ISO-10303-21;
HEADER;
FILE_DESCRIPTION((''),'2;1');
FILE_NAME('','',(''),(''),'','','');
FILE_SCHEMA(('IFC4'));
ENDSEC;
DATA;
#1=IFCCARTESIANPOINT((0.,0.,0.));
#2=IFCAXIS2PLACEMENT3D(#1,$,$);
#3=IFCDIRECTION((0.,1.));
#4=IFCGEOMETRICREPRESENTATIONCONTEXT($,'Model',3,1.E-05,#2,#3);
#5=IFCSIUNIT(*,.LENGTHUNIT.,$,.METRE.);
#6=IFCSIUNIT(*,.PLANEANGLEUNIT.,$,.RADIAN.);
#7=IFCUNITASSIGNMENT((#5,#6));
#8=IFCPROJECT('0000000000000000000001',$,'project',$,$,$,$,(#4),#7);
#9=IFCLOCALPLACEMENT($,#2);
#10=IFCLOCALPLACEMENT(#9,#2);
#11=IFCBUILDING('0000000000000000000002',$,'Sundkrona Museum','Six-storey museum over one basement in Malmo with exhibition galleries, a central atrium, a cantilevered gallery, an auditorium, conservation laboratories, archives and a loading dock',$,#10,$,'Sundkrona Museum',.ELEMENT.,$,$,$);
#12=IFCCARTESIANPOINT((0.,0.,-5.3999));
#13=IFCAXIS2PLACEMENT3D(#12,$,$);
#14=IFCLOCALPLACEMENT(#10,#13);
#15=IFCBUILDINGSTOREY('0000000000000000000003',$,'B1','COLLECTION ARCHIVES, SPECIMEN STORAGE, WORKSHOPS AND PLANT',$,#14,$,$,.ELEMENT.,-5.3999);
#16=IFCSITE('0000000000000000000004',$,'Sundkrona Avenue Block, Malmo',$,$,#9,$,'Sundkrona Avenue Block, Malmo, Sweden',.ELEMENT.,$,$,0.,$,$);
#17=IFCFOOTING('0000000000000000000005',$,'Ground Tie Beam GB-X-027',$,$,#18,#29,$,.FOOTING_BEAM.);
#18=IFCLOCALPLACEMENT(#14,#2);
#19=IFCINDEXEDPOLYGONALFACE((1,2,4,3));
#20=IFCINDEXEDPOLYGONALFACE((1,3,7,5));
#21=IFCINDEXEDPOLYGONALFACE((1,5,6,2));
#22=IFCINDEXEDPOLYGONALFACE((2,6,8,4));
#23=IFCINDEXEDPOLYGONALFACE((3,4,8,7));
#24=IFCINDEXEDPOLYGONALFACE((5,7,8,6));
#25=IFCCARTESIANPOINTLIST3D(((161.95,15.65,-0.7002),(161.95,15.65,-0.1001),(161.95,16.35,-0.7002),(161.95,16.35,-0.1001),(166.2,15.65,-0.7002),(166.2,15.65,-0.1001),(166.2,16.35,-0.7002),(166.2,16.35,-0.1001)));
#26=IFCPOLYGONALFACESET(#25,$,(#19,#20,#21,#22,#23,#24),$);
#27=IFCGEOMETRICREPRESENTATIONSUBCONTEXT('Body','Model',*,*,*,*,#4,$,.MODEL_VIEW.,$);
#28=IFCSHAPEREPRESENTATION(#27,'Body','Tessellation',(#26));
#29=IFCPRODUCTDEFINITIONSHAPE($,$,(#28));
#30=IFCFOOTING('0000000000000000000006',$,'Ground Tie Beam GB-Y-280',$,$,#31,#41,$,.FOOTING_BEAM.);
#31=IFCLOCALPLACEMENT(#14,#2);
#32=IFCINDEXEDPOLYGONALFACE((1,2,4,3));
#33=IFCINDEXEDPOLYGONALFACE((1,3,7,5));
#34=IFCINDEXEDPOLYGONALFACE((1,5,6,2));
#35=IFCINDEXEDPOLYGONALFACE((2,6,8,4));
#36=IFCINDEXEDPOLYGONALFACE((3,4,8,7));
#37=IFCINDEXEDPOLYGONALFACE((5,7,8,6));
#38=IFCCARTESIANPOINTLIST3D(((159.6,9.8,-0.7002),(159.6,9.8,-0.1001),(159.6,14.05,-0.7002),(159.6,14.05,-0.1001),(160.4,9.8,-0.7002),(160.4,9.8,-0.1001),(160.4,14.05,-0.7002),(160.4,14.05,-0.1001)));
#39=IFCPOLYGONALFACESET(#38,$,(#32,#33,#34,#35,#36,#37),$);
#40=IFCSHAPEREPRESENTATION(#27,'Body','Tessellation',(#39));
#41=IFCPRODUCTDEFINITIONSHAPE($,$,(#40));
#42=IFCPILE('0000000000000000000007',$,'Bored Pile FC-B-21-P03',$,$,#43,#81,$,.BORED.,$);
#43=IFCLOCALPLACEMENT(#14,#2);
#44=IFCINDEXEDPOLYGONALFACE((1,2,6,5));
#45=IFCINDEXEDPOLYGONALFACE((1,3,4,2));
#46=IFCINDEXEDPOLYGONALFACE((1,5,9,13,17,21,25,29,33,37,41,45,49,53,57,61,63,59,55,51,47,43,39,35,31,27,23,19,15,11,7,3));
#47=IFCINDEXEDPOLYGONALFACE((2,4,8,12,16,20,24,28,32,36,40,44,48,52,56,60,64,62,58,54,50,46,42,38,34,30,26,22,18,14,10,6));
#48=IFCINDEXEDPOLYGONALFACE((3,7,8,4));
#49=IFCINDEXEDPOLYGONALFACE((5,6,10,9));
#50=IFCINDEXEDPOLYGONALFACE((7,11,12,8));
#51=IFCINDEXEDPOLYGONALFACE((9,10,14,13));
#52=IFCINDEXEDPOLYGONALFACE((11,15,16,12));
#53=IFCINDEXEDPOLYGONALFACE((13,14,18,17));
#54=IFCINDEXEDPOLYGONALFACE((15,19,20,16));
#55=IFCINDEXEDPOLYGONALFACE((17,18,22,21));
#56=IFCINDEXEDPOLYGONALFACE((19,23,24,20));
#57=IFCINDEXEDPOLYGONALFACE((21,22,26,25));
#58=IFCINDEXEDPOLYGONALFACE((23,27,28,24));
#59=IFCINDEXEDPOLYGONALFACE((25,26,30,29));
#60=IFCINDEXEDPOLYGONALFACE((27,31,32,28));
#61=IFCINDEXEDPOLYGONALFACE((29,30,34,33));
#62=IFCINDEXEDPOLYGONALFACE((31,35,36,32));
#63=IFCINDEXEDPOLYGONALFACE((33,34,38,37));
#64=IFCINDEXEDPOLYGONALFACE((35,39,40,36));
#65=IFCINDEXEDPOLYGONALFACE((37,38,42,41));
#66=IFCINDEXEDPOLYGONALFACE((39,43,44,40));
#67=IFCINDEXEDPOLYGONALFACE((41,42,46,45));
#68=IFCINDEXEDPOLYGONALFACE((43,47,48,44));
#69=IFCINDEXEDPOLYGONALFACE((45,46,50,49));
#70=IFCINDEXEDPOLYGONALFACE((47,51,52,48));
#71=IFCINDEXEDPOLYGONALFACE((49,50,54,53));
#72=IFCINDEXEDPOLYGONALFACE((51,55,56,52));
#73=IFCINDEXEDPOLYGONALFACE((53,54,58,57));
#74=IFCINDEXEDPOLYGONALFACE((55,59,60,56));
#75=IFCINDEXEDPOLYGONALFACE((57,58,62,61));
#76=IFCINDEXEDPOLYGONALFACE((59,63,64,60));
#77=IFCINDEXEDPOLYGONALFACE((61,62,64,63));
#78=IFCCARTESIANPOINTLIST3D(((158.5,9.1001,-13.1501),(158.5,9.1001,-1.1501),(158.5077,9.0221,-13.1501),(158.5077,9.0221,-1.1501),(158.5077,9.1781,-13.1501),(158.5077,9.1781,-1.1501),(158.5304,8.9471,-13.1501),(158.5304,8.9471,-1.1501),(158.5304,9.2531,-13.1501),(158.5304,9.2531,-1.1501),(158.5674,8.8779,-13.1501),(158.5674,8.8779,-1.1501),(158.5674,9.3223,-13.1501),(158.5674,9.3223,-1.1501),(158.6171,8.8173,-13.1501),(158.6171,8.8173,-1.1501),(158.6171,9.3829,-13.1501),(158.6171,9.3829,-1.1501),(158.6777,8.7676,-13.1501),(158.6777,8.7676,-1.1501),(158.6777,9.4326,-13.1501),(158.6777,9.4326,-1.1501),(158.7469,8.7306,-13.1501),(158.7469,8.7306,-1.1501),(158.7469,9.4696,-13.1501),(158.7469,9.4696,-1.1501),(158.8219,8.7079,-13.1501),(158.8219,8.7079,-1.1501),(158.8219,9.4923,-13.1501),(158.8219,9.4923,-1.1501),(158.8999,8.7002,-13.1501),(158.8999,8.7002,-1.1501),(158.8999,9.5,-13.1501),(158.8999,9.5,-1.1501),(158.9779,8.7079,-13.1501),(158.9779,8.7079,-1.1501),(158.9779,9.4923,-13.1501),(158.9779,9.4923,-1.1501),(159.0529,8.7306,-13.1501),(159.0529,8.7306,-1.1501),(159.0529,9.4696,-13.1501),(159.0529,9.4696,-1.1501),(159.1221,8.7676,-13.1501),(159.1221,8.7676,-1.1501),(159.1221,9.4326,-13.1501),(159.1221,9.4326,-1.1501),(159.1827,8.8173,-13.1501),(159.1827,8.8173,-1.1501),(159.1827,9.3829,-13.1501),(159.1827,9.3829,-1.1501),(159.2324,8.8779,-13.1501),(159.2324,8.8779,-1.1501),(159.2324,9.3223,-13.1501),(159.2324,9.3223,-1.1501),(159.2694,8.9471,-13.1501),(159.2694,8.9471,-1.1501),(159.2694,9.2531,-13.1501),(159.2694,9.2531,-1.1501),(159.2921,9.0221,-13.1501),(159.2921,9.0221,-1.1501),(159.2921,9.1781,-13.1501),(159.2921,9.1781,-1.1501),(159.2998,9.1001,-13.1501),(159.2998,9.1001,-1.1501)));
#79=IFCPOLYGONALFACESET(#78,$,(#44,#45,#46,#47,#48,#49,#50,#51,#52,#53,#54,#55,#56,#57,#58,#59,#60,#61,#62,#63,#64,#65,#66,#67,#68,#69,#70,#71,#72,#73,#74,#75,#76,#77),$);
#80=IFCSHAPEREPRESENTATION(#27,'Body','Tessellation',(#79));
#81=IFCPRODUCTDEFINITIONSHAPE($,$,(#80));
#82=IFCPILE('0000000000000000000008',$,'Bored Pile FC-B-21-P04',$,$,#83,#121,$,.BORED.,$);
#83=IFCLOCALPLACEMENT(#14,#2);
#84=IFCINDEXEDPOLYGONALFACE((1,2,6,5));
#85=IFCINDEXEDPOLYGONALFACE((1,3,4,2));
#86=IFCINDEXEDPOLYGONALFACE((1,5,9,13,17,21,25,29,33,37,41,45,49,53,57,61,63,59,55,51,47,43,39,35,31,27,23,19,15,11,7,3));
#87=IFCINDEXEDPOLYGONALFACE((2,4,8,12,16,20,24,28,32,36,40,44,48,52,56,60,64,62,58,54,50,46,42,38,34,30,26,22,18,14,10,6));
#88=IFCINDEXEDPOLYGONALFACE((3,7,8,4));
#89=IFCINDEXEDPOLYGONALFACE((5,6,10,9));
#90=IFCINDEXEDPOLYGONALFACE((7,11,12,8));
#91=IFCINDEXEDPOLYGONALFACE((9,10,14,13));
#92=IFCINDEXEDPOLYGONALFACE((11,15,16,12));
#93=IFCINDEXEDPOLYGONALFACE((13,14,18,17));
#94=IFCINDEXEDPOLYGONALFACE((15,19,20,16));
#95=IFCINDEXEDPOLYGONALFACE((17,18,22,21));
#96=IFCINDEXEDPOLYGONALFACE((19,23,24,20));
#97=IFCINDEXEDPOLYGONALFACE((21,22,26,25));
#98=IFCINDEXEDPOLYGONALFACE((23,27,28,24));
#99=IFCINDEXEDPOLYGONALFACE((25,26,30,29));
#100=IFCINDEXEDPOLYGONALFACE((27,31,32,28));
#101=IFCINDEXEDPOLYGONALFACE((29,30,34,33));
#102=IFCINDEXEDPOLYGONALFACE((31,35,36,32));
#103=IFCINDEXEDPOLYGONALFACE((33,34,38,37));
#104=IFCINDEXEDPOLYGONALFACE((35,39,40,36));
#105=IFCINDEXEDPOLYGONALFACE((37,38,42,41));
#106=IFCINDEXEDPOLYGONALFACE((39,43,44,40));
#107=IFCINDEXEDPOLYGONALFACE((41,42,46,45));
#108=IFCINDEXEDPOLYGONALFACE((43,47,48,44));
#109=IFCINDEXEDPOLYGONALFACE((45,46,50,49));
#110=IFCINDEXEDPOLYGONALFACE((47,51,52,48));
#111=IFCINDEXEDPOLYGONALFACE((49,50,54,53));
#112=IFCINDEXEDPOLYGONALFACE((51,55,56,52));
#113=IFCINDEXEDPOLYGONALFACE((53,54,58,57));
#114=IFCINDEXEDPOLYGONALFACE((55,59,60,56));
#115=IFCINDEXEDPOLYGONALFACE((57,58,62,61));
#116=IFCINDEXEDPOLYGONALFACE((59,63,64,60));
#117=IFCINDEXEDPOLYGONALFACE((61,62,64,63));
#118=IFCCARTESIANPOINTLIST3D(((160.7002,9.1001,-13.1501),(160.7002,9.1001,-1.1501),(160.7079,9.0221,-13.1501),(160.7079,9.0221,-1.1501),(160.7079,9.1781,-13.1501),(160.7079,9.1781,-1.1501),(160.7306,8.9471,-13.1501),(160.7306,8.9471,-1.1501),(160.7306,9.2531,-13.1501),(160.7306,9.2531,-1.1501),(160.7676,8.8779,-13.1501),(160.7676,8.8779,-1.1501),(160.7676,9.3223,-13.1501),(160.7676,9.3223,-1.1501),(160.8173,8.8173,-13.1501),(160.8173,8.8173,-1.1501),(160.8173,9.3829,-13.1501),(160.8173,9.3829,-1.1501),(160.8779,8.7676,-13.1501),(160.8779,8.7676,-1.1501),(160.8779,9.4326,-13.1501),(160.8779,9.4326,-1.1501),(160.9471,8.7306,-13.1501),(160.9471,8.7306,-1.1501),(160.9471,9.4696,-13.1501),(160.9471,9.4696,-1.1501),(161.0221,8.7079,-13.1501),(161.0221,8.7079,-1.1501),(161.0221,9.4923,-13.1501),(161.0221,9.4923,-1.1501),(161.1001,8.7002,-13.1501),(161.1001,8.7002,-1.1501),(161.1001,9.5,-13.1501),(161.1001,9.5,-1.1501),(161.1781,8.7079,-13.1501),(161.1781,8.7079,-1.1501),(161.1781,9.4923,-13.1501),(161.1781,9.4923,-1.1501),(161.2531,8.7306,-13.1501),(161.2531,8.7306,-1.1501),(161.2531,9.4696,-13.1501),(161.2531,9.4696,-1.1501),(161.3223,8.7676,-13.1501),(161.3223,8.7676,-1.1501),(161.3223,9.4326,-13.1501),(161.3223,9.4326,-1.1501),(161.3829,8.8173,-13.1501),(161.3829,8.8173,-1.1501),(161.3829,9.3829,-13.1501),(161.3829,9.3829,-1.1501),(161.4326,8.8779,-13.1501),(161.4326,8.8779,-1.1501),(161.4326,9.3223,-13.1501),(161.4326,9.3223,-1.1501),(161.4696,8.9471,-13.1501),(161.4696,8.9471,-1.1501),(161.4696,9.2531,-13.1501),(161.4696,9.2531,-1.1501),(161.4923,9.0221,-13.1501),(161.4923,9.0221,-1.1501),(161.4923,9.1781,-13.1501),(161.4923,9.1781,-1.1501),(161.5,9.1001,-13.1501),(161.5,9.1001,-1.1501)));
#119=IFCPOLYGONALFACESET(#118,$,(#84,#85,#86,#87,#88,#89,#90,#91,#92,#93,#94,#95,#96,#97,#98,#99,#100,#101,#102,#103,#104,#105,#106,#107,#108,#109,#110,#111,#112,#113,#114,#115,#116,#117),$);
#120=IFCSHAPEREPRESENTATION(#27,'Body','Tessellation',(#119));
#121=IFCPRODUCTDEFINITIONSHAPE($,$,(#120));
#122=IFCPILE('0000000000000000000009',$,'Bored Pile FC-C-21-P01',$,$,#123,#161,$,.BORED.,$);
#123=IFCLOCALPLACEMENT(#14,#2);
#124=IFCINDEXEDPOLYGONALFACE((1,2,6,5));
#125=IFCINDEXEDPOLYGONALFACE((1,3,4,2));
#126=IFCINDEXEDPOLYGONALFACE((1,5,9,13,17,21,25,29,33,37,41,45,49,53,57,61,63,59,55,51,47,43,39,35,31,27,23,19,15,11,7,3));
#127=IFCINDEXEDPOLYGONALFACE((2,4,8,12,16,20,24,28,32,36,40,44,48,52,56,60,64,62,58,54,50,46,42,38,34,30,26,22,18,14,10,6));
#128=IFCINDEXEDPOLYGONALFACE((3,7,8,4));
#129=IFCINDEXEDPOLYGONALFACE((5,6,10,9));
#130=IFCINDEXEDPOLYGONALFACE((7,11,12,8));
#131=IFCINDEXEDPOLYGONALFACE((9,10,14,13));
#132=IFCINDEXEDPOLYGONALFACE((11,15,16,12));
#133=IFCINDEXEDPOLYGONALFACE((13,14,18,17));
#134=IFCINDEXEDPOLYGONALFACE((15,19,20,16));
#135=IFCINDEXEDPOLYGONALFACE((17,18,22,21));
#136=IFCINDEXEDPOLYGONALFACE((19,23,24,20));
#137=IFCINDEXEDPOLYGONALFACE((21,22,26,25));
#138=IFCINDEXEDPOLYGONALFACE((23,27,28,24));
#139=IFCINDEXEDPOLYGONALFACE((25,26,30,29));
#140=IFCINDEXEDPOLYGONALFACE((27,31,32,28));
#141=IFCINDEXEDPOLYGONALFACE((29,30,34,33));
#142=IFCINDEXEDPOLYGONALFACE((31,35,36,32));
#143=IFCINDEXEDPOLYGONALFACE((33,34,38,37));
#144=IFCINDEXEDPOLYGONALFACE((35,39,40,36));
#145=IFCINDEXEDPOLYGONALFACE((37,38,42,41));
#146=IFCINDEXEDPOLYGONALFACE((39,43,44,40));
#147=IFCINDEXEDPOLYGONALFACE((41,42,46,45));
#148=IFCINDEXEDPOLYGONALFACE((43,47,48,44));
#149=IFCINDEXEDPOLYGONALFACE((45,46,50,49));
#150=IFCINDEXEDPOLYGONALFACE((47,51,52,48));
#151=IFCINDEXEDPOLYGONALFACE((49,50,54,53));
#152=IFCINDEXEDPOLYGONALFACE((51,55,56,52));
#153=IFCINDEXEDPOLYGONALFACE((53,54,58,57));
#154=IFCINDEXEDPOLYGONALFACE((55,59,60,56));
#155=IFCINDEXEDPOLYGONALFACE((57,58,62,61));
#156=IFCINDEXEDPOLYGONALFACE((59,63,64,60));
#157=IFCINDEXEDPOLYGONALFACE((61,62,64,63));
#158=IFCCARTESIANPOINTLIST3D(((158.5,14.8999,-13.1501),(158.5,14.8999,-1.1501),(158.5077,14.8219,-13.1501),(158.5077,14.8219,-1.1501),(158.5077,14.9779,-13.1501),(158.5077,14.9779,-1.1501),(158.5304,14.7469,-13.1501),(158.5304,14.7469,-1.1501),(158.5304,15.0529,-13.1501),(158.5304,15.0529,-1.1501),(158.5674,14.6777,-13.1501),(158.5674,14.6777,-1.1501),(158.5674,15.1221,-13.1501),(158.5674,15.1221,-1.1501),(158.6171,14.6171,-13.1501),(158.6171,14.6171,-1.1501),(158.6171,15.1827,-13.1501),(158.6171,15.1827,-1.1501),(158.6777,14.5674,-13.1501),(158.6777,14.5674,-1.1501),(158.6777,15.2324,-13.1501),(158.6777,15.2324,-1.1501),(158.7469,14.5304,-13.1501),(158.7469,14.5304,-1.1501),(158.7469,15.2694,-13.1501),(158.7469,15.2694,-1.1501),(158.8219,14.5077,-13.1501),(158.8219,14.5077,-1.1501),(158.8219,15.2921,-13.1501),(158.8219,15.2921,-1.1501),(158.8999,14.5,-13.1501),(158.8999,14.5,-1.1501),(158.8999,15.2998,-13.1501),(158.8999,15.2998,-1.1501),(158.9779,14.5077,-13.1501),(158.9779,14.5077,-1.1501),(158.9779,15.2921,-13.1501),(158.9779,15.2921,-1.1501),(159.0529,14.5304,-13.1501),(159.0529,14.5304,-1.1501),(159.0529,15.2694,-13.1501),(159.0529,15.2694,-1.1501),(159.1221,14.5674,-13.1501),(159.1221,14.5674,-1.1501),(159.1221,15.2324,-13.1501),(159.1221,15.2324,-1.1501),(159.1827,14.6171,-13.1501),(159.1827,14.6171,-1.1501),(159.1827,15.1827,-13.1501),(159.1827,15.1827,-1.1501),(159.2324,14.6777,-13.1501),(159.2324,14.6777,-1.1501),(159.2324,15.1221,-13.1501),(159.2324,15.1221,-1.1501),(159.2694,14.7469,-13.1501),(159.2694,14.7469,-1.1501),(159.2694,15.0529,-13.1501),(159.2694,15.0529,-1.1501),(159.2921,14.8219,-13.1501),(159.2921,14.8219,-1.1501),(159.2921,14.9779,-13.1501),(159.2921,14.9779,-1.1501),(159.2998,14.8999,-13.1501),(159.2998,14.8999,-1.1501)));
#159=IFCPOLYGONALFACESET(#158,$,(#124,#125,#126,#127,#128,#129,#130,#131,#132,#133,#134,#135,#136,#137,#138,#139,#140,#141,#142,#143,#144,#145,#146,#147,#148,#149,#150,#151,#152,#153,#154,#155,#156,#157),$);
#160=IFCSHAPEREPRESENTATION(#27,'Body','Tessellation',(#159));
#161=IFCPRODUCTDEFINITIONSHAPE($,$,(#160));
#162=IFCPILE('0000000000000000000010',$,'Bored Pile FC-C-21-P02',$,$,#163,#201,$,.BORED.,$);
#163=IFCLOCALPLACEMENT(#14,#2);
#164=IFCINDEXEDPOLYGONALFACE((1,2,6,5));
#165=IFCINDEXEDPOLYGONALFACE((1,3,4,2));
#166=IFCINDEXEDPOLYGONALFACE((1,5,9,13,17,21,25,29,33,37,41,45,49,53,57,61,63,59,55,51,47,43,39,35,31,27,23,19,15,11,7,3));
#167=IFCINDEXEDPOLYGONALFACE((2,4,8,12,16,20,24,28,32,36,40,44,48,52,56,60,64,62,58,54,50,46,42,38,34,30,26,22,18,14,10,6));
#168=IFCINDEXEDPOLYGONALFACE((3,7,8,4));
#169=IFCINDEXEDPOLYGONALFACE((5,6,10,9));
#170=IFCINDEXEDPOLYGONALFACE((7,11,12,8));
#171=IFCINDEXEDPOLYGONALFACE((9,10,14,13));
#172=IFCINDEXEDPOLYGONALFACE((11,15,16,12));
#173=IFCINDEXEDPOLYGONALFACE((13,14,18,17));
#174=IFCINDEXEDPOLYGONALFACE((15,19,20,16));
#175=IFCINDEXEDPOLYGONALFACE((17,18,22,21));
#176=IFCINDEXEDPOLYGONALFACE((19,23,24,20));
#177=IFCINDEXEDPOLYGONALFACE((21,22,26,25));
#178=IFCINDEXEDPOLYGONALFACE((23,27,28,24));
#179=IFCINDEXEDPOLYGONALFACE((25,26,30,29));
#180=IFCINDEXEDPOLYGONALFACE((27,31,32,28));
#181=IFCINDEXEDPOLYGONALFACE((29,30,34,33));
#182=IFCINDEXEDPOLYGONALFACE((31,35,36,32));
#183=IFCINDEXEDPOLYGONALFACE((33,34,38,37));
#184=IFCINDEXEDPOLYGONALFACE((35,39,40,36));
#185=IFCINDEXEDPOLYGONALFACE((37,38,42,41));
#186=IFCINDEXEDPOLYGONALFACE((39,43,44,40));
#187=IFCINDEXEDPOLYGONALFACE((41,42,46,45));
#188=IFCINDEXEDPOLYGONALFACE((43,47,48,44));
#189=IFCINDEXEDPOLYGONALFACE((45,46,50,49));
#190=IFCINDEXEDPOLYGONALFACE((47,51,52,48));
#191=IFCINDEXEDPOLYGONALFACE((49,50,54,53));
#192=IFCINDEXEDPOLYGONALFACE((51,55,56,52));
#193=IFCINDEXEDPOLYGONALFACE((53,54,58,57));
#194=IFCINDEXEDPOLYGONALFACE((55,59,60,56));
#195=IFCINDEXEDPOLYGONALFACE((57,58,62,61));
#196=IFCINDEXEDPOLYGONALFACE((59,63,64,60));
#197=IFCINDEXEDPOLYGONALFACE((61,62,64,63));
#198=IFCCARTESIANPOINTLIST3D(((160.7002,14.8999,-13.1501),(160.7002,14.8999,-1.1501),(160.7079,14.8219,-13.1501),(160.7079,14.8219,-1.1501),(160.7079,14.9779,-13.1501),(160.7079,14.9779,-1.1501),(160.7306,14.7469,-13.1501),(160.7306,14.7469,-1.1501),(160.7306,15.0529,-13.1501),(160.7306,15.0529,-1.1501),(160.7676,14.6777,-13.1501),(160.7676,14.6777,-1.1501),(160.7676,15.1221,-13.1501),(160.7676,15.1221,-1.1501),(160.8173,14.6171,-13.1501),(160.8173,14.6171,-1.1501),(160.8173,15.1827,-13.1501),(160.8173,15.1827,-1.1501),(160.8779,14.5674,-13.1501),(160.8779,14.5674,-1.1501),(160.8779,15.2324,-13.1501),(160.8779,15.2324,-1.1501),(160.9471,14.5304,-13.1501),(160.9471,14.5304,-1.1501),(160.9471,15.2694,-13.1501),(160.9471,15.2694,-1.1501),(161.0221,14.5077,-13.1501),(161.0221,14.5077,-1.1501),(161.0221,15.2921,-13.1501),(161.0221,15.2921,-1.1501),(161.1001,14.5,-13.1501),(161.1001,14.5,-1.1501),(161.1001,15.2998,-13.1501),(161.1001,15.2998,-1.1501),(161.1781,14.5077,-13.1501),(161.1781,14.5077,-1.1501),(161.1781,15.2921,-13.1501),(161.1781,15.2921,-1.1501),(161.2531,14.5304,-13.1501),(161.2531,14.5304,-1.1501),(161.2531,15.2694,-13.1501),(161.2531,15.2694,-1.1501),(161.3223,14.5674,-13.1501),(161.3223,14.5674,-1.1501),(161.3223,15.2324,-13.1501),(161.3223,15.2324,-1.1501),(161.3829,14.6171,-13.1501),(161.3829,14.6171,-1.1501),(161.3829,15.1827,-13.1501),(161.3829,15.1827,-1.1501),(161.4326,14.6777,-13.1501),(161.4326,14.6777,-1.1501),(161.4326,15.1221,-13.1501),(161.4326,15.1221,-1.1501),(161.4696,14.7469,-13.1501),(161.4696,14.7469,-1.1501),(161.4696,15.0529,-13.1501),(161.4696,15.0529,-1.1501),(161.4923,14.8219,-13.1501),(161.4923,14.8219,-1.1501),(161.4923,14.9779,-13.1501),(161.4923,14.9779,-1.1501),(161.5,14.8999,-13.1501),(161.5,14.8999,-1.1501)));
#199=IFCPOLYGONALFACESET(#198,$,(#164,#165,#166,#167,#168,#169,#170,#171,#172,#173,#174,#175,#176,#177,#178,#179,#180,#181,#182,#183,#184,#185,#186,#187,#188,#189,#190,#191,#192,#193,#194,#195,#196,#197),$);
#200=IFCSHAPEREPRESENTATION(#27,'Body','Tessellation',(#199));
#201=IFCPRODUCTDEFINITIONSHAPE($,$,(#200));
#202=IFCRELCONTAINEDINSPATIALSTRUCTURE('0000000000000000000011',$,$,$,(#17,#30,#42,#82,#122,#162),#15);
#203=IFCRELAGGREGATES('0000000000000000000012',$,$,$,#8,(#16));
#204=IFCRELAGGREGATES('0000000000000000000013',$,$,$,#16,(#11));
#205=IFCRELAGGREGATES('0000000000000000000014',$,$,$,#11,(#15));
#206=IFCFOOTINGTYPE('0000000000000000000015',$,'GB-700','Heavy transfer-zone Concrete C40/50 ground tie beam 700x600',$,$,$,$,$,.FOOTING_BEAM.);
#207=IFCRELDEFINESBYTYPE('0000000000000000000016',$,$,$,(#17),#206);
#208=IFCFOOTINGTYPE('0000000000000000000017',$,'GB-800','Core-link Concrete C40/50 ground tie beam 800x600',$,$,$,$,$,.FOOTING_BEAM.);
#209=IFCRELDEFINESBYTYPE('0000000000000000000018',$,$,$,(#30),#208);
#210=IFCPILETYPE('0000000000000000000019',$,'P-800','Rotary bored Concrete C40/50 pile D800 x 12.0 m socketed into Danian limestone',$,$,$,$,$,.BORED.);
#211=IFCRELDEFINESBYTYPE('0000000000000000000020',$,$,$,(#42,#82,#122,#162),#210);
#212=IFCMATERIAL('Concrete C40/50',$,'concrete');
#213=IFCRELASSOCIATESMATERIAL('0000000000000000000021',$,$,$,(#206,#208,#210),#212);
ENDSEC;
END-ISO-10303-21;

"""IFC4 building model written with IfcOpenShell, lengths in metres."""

from ifc_helpers import new_model, si_unit, direction, frame, origin, origin_2d, place, context, subcontext, project, spatial, rectangle, circle, extrude, material, material_profile, profile_set, type_object, element, save


model = new_model("IFC4")

# Units and contexts
model_context = context("Model", 3, precision=1e-05, world=origin(), true_north=direction((0.0, 1.0)))
body_context = subcontext(model_context, "Body", "Model", "MODEL_VIEW")
ifc_project = project(units=[si_unit("LENGTHUNIT", "METRE"), si_unit("PLANEANGLEUNIT", "RADIAN")], contexts=[model_context])

# Site, building, storey
site_placement = place(None, origin())
site = spatial("IfcSite", under=ifc_project, at=site_placement, Name="Sundkrona Avenue Block, Malmo", LongName="Sundkrona Avenue Block, Malmo, Sweden", CompositionType="ELEMENT", RefElevation=0.0)
building_placement = place(site_placement, origin())
building = spatial("IfcBuilding", under=site, at=building_placement, Name="Sundkrona Museum", Description="Six-storey museum over one basement in Malmo with exhibition galleries, a central atrium, a cantilevered gallery, an auditorium, conservation laboratories, archives and a loading dock", LongName="Sundkrona Museum", CompositionType="ELEMENT")
storey_placement = place(building_placement, frame((0.0, 0.0, -5.3999)))
storey = spatial("IfcBuildingStorey", under=building, at=storey_placement, Name="B1", Description="COLLECTION ARCHIVES, SPECIMEN STORAGE, WORKSHOPS AND PLANT", CompositionType="ELEMENT", Elevation=-5.3999)

# Footings
ifc_material_1 = material(Name="Concrete C40/50", Category="concrete")
footing_type_1 = type_object("IfcFootingType", Name="GB-700", Description="Heavy transfer-zone Concrete C40/50 ground tie beam 700x600", PredefinedType="FOOTING_BEAM", material=ifc_material_1)
footing_1_placement = place(storey_placement, frame((164.075, 16.0, -0.7002), z_axis=(0.0, 0.0, 1.0), x_axis=(1.0, 0.0, 0.0)))
element("IfcFooting", 1, at=footing_1_placement, inside=storey, type_object=footing_type_1, Name="Ground Tie Beam GB-X-027", PredefinedType="FOOTING_BEAM", context=body_context, shape_type="SweptSolid", body=[
    extrude(rectangle(XDim=4.25, YDim=0.7, at=origin_2d()), origin(), (0.0, 0.0, 1.0), 0.6001),
])
footing_type_2 = type_object("IfcFootingType", Name="GB-800", Description="Core-link Concrete C40/50 ground tie beam 800x600", PredefinedType="FOOTING_BEAM", material=ifc_material_1)
footing_2_placement = place(storey_placement, frame((160.0, 11.925, -0.7002), z_axis=(0.0, 0.0, 1.0), x_axis=(0.0, 1.0, 0.0)))
element("IfcFooting", 2, at=footing_2_placement, inside=storey, type_object=footing_type_2, Name="Ground Tie Beam GB-Y-280", PredefinedType="FOOTING_BEAM", context=body_context, shape_type="SweptSolid", body=[
    extrude(rectangle(XDim=4.25, YDim=0.8, at=origin_2d()), origin(), (0.0, 0.0, 1.0), 0.6001),
])

# Piles
ifc_material_profile_1 = material_profile(ifc_material_1, circle(Radius=0.3999, at=origin_2d()), Name="PILE D800")
ifc_profile_set_1 = profile_set([ifc_material_profile_1], Name="Concrete C40/50")
pile_type = type_object("IfcPileType", Name="P-800", Description="Rotary bored Concrete C40/50 pile D800 x 12.0 m socketed into Danian limestone", PredefinedType="BORED", material=ifc_profile_set_1)
for number, where, z_axis, x_axis, name in (
    (3, (158.8999, 9.1001, -1.1501), (0.0, 0.0, -1.0), (1.0, 0.0, 0.0), "Bored Pile FC-B-21-P03"),
    (4, (161.1001, 9.1001, -1.1501), (0.0, 0.0, -1.0), (1.0, 0.0, 0.0), "Bored Pile FC-B-21-P04"),
    (5, (158.8999, 14.8999, -1.1501), (0.0, 0.0, -1.0), (1.0, 0.0, 0.0), "Bored Pile FC-C-21-P01"),
    (6, (161.1001, 14.8999, -1.1501), (0.0, 0.0, -1.0), (1.0, 0.0, 0.0), "Bored Pile FC-C-21-P02"),
):
    element("IfcPile", number, at=place(storey_placement, frame(where, z_axis=z_axis, x_axis=x_axis)), inside=storey, type_object=pile_type, Name=name, PredefinedType="BORED", context=body_context, shape_type="SweptSolid", body=[
        extrude(circle(Radius=0.3999, at=origin_2d()), origin(), (0.0, 0.0, 1.0), 12.0),
    ])

save(model, "model.ifc")
